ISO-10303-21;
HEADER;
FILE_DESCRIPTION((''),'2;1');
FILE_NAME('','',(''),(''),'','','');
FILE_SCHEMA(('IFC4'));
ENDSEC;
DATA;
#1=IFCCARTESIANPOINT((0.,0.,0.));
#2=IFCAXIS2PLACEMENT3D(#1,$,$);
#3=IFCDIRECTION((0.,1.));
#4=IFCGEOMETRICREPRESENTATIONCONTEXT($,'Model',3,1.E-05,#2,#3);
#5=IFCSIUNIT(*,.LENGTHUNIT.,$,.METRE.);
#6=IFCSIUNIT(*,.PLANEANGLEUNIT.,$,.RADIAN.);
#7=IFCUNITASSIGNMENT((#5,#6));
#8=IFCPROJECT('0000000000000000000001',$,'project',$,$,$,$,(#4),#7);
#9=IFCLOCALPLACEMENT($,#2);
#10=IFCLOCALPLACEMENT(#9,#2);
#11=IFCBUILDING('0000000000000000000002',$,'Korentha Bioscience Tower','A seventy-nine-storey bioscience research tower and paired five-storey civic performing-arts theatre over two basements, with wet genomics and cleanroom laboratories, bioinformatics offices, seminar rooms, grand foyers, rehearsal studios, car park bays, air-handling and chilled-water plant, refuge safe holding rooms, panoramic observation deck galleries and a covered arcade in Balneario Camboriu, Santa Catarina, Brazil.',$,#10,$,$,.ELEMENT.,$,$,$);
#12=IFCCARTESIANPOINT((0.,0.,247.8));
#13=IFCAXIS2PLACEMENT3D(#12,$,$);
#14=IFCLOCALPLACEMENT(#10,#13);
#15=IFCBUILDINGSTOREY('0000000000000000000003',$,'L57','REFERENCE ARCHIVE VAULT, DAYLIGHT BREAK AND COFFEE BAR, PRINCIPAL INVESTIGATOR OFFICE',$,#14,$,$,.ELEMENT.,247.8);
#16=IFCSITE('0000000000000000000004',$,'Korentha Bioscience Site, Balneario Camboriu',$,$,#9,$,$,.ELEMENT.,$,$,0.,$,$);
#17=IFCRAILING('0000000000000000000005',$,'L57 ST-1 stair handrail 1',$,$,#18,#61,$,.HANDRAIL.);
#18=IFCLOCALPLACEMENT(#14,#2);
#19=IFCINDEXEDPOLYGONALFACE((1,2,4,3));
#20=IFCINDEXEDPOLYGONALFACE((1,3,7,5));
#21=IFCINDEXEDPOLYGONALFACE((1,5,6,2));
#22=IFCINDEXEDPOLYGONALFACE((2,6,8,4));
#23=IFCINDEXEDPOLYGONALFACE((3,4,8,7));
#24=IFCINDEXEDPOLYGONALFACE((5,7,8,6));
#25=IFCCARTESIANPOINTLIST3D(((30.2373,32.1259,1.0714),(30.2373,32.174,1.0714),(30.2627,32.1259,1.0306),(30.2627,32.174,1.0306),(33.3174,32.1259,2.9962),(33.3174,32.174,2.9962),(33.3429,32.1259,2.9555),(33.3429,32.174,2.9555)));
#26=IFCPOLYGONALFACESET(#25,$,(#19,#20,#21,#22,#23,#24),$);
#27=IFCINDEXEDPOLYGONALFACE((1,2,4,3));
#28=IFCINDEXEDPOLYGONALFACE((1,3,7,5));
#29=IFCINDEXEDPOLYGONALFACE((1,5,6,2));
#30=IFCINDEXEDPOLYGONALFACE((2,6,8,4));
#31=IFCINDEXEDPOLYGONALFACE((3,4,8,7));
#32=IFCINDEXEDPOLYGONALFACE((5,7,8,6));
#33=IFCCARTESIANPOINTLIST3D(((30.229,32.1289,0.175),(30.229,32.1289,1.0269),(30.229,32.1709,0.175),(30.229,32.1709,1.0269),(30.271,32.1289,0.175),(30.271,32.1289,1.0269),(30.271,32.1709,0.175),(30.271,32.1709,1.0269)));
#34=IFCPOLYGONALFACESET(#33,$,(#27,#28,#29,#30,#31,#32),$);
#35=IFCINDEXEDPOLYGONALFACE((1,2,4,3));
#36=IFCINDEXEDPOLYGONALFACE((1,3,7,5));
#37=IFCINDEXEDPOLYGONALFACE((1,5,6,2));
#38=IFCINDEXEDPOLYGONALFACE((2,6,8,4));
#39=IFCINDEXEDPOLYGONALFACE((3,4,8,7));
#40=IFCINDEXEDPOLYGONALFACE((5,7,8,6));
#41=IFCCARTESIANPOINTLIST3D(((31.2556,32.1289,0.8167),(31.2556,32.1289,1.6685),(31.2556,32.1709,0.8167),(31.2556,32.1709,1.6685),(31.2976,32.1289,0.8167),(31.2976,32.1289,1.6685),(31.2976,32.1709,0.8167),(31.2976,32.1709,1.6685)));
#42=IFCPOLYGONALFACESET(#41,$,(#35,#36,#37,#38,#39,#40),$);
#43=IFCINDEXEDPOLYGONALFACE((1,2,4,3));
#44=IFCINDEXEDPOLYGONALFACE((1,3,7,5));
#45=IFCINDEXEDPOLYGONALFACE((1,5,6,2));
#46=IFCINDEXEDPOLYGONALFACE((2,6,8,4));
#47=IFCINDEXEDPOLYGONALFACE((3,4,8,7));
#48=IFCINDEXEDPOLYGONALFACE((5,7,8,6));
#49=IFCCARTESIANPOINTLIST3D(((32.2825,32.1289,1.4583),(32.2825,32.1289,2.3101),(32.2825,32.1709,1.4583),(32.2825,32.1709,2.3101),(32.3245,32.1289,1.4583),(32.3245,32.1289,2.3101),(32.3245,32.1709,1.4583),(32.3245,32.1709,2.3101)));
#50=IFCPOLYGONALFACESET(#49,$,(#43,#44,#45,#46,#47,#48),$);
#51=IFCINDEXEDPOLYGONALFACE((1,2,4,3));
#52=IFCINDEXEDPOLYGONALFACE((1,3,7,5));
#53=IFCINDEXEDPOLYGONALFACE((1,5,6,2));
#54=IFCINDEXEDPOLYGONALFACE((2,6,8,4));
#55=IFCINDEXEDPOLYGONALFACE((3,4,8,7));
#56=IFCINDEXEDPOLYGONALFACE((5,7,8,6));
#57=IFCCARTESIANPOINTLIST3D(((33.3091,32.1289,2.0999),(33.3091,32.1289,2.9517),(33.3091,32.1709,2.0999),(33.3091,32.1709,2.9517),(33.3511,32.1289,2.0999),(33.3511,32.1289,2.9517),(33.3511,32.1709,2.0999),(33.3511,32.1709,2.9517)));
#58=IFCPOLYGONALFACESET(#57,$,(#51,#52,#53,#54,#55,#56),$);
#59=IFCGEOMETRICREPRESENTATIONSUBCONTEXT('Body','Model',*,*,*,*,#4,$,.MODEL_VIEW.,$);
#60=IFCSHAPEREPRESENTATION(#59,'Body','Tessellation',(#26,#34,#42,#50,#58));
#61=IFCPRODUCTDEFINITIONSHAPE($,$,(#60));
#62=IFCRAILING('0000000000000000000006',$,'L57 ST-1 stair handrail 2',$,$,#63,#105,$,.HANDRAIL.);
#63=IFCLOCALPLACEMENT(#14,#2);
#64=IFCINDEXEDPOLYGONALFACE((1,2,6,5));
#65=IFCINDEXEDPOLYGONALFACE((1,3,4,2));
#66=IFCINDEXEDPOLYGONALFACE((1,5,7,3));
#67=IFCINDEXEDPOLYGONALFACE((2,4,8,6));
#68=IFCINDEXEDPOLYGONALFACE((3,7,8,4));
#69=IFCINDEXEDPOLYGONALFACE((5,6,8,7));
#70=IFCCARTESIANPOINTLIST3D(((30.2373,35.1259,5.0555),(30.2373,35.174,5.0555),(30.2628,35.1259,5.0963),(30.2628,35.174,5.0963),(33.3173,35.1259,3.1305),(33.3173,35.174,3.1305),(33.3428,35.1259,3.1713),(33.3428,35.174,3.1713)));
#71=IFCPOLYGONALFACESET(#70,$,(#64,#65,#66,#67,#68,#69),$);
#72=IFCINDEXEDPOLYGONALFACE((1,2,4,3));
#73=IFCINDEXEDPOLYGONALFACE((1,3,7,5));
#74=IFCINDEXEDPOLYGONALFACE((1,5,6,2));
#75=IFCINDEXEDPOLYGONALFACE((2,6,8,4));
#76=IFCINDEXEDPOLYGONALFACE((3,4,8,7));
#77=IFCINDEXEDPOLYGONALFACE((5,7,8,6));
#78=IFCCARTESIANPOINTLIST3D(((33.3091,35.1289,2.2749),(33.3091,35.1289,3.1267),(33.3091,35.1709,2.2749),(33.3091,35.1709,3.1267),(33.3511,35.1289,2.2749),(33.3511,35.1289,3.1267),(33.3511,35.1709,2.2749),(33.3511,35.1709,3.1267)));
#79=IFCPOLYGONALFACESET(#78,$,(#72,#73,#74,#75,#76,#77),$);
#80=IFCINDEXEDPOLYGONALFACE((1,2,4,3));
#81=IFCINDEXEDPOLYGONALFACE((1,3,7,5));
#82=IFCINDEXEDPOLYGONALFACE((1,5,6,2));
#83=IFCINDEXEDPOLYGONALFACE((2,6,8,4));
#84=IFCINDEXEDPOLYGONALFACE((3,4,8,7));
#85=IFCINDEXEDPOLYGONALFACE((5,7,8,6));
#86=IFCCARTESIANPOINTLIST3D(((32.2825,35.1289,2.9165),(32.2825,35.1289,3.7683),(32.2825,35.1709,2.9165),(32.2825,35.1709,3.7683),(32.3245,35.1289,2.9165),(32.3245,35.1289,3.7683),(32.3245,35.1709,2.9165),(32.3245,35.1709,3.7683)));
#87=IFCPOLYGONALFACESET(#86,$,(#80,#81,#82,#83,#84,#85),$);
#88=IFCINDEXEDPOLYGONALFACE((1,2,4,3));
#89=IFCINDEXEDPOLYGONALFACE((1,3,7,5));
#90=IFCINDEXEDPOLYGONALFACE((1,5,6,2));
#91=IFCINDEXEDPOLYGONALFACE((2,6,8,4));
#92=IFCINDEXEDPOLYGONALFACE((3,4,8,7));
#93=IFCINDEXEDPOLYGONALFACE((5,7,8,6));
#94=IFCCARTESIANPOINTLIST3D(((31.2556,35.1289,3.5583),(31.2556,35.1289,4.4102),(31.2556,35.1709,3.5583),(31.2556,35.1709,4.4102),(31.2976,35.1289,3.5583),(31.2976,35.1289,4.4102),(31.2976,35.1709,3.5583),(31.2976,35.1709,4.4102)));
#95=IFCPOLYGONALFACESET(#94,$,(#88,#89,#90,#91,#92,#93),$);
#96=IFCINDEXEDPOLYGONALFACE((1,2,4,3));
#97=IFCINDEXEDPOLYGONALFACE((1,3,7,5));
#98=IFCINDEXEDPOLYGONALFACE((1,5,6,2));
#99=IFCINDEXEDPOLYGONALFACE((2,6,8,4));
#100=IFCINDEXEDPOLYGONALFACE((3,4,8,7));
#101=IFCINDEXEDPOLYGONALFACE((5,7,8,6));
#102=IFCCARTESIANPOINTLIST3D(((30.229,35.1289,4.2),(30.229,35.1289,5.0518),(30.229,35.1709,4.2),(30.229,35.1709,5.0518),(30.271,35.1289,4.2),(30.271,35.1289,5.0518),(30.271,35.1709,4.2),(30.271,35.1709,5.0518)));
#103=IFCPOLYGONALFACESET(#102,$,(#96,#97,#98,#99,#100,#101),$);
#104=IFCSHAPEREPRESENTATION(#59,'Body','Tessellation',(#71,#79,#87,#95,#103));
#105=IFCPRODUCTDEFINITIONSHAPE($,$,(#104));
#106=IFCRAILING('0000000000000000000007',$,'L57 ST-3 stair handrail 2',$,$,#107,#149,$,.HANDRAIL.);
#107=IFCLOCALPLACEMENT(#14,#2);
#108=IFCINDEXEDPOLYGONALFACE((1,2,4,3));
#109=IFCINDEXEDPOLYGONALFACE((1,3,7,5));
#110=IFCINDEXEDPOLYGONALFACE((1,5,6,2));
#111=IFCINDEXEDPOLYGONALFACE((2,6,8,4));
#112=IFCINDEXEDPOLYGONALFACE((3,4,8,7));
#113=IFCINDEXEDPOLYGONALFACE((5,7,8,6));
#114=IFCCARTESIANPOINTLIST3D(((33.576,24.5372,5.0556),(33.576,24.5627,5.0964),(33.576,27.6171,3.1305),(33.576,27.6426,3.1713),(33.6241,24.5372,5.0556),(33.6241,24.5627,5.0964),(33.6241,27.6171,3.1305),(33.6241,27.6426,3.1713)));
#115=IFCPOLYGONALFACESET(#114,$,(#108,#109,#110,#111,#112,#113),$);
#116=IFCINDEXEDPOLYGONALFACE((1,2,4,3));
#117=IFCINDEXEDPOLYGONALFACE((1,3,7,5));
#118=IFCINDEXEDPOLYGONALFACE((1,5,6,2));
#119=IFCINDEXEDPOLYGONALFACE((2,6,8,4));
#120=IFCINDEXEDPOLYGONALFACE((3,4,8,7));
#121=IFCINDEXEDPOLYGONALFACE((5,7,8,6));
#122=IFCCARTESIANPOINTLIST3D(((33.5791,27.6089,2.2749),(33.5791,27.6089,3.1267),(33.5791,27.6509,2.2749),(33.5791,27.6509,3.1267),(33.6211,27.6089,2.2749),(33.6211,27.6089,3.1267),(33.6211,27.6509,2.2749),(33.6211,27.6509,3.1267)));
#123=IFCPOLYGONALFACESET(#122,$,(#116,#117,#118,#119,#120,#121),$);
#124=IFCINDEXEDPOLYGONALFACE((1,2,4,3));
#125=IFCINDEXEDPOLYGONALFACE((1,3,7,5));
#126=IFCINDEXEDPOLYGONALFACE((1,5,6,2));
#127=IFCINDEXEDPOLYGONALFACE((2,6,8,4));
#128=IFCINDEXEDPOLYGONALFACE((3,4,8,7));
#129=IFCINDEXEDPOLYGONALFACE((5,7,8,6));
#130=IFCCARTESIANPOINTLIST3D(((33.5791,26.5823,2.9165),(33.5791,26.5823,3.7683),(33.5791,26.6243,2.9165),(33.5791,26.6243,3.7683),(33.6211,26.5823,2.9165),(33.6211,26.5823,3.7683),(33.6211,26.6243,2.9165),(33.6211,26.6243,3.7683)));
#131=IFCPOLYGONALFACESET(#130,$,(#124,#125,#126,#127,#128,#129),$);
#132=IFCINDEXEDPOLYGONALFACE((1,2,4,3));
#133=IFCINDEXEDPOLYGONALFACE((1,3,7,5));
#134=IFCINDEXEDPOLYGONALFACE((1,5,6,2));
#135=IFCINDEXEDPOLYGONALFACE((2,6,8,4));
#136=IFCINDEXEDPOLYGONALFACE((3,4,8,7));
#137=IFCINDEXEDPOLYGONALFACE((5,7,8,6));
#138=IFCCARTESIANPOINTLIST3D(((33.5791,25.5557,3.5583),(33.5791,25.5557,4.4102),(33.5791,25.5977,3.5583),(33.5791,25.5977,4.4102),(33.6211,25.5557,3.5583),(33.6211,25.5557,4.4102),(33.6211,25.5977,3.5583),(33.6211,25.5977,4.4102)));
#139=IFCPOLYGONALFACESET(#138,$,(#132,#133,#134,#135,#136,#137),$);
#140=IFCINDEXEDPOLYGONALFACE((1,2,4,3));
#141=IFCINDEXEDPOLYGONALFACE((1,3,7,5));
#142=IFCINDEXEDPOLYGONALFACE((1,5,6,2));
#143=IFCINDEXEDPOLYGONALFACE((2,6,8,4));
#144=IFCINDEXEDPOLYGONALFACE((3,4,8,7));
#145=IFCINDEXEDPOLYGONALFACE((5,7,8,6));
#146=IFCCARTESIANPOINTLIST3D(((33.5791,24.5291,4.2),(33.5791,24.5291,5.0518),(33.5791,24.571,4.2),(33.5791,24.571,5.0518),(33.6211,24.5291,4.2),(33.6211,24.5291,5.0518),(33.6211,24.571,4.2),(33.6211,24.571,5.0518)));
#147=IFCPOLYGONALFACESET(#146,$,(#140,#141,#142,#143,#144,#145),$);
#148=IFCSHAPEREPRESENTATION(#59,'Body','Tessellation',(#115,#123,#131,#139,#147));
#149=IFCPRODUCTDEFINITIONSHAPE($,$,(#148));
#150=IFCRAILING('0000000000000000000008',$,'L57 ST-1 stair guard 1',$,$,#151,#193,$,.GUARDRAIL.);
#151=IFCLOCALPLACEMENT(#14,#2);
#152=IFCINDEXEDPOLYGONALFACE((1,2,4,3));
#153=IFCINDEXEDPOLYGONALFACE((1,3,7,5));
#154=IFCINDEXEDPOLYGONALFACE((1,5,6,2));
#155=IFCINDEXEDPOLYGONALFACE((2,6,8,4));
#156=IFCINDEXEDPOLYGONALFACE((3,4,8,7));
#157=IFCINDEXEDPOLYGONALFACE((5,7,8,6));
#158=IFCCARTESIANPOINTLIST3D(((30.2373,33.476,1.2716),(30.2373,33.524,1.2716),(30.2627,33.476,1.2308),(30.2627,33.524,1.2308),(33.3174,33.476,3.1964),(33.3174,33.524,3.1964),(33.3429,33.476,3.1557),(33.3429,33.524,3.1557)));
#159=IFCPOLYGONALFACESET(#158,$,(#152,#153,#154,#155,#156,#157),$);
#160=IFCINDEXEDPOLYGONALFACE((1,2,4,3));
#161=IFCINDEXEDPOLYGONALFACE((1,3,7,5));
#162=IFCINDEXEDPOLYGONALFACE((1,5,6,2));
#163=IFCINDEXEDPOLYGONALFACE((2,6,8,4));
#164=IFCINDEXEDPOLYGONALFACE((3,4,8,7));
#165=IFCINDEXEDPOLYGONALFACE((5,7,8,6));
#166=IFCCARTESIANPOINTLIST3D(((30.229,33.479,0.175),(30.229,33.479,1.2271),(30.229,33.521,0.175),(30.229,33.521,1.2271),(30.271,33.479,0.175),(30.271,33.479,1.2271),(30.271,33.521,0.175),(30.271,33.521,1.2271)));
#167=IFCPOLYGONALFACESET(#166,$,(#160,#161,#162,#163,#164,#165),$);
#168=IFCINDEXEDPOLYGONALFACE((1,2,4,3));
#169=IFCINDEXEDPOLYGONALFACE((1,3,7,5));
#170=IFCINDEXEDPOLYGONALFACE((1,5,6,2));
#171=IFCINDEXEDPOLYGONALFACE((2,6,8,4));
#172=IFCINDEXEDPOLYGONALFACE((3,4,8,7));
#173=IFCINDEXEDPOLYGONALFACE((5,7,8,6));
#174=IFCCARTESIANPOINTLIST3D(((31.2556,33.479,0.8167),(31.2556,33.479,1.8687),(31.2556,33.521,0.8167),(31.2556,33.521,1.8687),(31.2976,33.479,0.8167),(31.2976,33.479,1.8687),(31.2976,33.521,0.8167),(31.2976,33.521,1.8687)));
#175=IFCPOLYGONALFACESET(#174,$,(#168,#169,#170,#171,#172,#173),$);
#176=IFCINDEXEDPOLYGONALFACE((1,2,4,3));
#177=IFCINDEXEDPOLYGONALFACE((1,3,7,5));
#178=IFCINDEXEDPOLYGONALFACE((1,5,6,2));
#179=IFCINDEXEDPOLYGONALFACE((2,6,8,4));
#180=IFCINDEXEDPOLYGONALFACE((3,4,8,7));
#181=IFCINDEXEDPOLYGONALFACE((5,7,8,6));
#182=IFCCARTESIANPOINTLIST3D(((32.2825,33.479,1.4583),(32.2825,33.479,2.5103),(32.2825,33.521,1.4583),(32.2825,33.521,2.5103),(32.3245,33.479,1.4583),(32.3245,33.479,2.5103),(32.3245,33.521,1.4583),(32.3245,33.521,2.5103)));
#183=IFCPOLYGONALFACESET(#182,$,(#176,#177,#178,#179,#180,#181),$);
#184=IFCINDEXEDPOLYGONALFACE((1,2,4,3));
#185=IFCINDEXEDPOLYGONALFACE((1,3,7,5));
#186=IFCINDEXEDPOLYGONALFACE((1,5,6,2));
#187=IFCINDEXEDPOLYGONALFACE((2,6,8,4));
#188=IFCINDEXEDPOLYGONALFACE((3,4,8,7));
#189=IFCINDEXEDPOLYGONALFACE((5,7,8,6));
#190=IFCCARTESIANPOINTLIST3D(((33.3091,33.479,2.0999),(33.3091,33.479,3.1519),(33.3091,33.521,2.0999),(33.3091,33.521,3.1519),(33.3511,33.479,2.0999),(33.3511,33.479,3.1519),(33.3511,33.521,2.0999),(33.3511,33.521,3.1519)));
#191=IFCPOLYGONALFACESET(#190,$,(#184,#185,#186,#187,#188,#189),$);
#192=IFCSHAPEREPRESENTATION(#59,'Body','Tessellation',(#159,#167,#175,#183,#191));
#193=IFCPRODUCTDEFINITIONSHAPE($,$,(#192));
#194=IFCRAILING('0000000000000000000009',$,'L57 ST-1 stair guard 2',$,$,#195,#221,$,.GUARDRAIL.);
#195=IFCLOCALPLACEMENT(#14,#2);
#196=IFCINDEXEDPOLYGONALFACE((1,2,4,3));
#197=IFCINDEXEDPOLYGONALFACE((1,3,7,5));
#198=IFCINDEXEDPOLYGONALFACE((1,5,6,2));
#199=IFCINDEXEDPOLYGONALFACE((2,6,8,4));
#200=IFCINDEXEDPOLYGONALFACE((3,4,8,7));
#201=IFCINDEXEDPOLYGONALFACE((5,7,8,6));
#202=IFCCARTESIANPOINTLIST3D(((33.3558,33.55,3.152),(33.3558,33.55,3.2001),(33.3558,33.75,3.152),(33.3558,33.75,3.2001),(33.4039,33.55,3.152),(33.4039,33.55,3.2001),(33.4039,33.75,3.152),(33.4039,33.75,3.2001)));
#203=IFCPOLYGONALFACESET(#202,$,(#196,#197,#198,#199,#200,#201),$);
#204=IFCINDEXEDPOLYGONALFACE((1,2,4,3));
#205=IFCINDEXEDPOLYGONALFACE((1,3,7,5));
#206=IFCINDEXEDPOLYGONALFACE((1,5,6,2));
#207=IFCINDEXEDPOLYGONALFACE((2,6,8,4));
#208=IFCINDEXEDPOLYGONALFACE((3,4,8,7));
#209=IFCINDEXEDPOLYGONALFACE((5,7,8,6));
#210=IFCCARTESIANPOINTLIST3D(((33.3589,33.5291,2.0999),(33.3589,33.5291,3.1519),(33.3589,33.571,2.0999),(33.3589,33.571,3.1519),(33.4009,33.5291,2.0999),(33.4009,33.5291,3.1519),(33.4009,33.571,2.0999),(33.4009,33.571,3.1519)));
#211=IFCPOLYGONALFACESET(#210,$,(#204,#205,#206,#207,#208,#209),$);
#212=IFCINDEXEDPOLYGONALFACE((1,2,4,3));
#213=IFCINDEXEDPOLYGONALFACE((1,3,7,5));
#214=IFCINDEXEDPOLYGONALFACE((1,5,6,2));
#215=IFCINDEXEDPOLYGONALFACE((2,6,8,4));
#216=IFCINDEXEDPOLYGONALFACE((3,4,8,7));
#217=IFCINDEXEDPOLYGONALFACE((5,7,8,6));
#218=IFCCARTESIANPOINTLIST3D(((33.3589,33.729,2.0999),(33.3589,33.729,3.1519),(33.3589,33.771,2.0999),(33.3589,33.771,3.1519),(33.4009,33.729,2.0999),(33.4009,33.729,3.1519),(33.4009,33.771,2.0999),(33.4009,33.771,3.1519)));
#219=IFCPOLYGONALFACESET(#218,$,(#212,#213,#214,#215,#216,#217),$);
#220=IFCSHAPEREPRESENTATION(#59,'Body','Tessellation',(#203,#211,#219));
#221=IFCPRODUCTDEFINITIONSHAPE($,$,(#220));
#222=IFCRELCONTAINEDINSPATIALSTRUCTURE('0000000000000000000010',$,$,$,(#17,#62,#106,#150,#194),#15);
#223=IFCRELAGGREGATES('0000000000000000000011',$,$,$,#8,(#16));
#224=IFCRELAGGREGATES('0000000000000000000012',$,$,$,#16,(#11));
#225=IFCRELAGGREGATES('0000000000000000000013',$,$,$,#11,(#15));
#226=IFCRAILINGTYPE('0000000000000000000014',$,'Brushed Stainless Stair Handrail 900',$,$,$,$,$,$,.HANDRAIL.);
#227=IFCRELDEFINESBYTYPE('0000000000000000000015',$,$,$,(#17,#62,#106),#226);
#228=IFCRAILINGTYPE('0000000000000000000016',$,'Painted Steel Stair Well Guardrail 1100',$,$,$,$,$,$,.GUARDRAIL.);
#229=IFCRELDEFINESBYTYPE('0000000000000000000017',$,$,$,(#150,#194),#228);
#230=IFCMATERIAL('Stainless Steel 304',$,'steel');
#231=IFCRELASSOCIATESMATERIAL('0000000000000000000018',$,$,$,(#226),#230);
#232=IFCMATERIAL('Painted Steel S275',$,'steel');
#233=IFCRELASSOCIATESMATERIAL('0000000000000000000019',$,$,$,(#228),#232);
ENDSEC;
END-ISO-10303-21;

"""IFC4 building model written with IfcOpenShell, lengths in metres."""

from ifc_helpers import new_model, si_unit, direction, frame, origin, origin_2d, place, context, subcontext, project, spatial, rectangle, extrude, material, type_object, element, save


model = new_model("IFC4")

# Units and contexts
model_context = context("Model", 3, precision=1e-05, world=origin(), true_north=direction((0.0, 1.0)))
body_context = subcontext(model_context, "Body", "Model", "MODEL_VIEW")
ifc_project = project(units=[si_unit("LENGTHUNIT", "METRE"), si_unit("PLANEANGLEUNIT", "RADIAN")], contexts=[model_context])

# Site, building, storey
site_placement = place(None, origin())
site = spatial("IfcSite", under=ifc_project, at=site_placement, Name="Korentha Bioscience Site, Balneario Camboriu", CompositionType="ELEMENT", RefElevation=0.0)
building_placement = place(site_placement, origin())
building = spatial("IfcBuilding", under=site, at=building_placement, Name="Korentha Bioscience Tower", Description="A seventy-nine-storey bioscience research tower and paired five-storey civic performing-arts theatre over two basements, with wet genomics and cleanroom laboratories, bioinformatics offices, seminar rooms, grand foyers, rehearsal studios, car park bays, air-handling and chilled-water plant, refuge safe holding rooms, panoramic observation deck galleries and a covered arcade in Balneario Camboriu, Santa Catarina, Brazil.", CompositionType="ELEMENT")
storey_placement = place(building_placement, frame((0.0, 0.0, 247.8)))
storey = spatial("IfcBuildingStorey", under=building, at=storey_placement, Name="L57", Description="REFERENCE ARCHIVE VAULT, DAYLIGHT BREAK AND COFFEE BAR, PRINCIPAL INVESTIGATOR OFFICE", CompositionType="ELEMENT", Elevation=247.8)

# Railings
ifc_material_1 = material(Name="Stainless Steel 304", Category="steel")
railing_type_1 = type_object("IfcRailingType", Name="Brushed Stainless Stair Handrail 900", PredefinedType="HANDRAIL", material=ifc_material_1)
railing_1_placement = place(storey_placement, frame((30.25, 32.1499, 0.175)))
element("IfcRailing", 1, at=railing_1_placement, inside=storey, type_object=railing_type_1, Name="L57 ST-1 stair handrail 1", PredefinedType="HANDRAIL", context=body_context, shape_type="SweptSolid", body=[
    extrude(rectangle(XDim=0.0481, YDim=0.0481, at=origin_2d()), frame((0.0, 0.0, 0.876), z_axis=(0.848029, 0.0, 0.529951), x_axis=(0.0, 1.0, 0.0)), (0.0, 0.0, 1.0), 3.6321),
    extrude(rectangle(XDim=0.042, YDim=0.042, at=origin_2d()), origin(), (0.0, 0.0, 1.0), 0.8518),
    extrude(rectangle(XDim=0.042, YDim=0.042, at=origin_2d()), frame((1.0266, 0.0, 0.6416)), (0.0, 0.0, 1.0), 0.8518),
    extrude(rectangle(XDim=0.042, YDim=0.042, at=origin_2d()), frame((2.0535, 0.0, 1.2832)), (0.0, 0.0, 1.0), 0.8518),
    extrude(rectangle(XDim=0.042, YDim=0.042, at=origin_2d()), frame((3.0801, 0.0, 1.9248)), (0.0, 0.0, 1.0), 0.8518),
])
railing_2_placement = place(storey_placement, frame((33.3301, 35.1499, 2.2749)))
element("IfcRailing", 2, at=railing_2_placement, inside=storey, type_object=railing_type_1, Name="L57 ST-1 stair handrail 2", PredefinedType="HANDRAIL", context=body_context, shape_type="SweptSolid", body=[
    extrude(rectangle(XDim=0.0481, YDim=0.0481, at=origin_2d()), frame((0.0, 0.0, 0.876), z_axis=(-0.847998, 0.0, 0.529999), x_axis=(0.0, -1.0, 0.0)), (0.0, 0.0, 1.0), 3.6321),
    extrude(rectangle(XDim=0.042, YDim=0.042, at=origin_2d()), origin(), (0.0, 0.0, 1.0), 0.8518),
    extrude(rectangle(XDim=0.042, YDim=0.042, at=origin_2d()), frame((-1.0266, 0.0, 0.6416)), (0.0, 0.0, 1.0), 0.8518),
    extrude(rectangle(XDim=0.042, YDim=0.042, at=origin_2d()), frame((-2.0535, 0.0, 1.2834)), (0.0, 0.0, 1.0), 0.8518),
    extrude(rectangle(XDim=0.042, YDim=0.042, at=origin_2d()), frame((-3.0801, 0.0, 1.925)), (0.0, 0.0, 1.0), 0.8518),
])
railing_3_placement = place(storey_placement, frame((33.6001, 27.6299, 2.2749)))
element("IfcRailing", 3, at=railing_3_placement, inside=storey, type_object=railing_type_1, Name="L57 ST-3 stair handrail 2", PredefinedType="HANDRAIL", context=body_context, shape_type="SweptSolid", body=[
    extrude(rectangle(XDim=0.0481, YDim=0.0481, at=origin_2d()), frame((0.0, 0.0, 0.876), z_axis=(0.0, -0.847979, 0.530029), x_axis=(1.0, 0.0, 0.0)), (0.0, 0.0, 1.0), 3.6321),
    extrude(rectangle(XDim=0.042, YDim=0.042, at=origin_2d()), origin(), (0.0, 0.0, 1.0), 0.8518),
    extrude(rectangle(XDim=0.042, YDim=0.042, at=origin_2d()), frame((0.0, -1.0266, 0.6416)), (0.0, 0.0, 1.0), 0.8518),
    extrude(rectangle(XDim=0.042, YDim=0.042, at=origin_2d()), frame((0.0, -2.0532, 1.2834)), (0.0, 0.0, 1.0), 0.8518),
    extrude(rectangle(XDim=0.042, YDim=0.042, at=origin_2d()), frame((0.0, -3.0798, 1.925)), (0.0, 0.0, 1.0), 0.8518),
])
ifc_material_2 = material(Name="Painted Steel S275", Category="steel")
railing_type_2 = type_object("IfcRailingType", Name="Painted Steel Stair Well Guardrail 1100", PredefinedType="GUARDRAIL", material=ifc_material_2)
railing_4_placement = place(storey_placement, frame((30.25, 33.5, 0.175)))
element("IfcRailing", 4, at=railing_4_placement, inside=storey, type_object=railing_type_2, Name="L57 ST-1 stair guard 1", PredefinedType="GUARDRAIL", context=body_context, shape_type="SweptSolid", body=[
    extrude(rectangle(XDim=0.0481, YDim=0.0481, at=origin_2d()), frame((0.0, 0.0, 1.0762), z_axis=(0.848029, 0.0, 0.529951), x_axis=(0.0, 1.0, 0.0)), (0.0, 0.0, 1.0), 3.6321),
    extrude(rectangle(XDim=0.042, YDim=0.042, at=origin_2d()), origin(), (0.0, 0.0, 1.0), 1.052),
    extrude(rectangle(XDim=0.042, YDim=0.042, at=origin_2d()), frame((1.0266, 0.0, 0.6416)), (0.0, 0.0, 1.0), 1.052),
    extrude(rectangle(XDim=0.042, YDim=0.042, at=origin_2d()), frame((2.0535, 0.0, 1.2832)), (0.0, 0.0, 1.0), 1.052),
    extrude(rectangle(XDim=0.042, YDim=0.042, at=origin_2d()), frame((3.0801, 0.0, 1.9248)), (0.0, 0.0, 1.0), 1.052),
])
railing_5_placement = place(storey_placement, frame((33.3799, 33.55, 2.0999)))
element("IfcRailing", 5, at=railing_5_placement, inside=storey, type_object=railing_type_2, Name="L57 ST-1 stair guard 2", PredefinedType="GUARDRAIL", context=body_context, shape_type="SweptSolid", body=[
    extrude(rectangle(XDim=0.0481, YDim=0.0481, at=origin_2d()), frame((0.0, 0.0, 1.0762), z_axis=(0.0, 1.0, 0.0), x_axis=(-1.0, 0.0, 0.0)), (0.0, 0.0, 1.0), 0.2),
    extrude(rectangle(XDim=0.042, YDim=0.042, at=origin_2d()), origin(), (0.0, 0.0, 1.0), 1.052),
    extrude(rectangle(XDim=0.042, YDim=0.042, at=origin_2d()), frame((0.0, 0.2, 0.0)), (0.0, 0.0, 1.0), 1.052),
])

save(model, "model.ifc")
